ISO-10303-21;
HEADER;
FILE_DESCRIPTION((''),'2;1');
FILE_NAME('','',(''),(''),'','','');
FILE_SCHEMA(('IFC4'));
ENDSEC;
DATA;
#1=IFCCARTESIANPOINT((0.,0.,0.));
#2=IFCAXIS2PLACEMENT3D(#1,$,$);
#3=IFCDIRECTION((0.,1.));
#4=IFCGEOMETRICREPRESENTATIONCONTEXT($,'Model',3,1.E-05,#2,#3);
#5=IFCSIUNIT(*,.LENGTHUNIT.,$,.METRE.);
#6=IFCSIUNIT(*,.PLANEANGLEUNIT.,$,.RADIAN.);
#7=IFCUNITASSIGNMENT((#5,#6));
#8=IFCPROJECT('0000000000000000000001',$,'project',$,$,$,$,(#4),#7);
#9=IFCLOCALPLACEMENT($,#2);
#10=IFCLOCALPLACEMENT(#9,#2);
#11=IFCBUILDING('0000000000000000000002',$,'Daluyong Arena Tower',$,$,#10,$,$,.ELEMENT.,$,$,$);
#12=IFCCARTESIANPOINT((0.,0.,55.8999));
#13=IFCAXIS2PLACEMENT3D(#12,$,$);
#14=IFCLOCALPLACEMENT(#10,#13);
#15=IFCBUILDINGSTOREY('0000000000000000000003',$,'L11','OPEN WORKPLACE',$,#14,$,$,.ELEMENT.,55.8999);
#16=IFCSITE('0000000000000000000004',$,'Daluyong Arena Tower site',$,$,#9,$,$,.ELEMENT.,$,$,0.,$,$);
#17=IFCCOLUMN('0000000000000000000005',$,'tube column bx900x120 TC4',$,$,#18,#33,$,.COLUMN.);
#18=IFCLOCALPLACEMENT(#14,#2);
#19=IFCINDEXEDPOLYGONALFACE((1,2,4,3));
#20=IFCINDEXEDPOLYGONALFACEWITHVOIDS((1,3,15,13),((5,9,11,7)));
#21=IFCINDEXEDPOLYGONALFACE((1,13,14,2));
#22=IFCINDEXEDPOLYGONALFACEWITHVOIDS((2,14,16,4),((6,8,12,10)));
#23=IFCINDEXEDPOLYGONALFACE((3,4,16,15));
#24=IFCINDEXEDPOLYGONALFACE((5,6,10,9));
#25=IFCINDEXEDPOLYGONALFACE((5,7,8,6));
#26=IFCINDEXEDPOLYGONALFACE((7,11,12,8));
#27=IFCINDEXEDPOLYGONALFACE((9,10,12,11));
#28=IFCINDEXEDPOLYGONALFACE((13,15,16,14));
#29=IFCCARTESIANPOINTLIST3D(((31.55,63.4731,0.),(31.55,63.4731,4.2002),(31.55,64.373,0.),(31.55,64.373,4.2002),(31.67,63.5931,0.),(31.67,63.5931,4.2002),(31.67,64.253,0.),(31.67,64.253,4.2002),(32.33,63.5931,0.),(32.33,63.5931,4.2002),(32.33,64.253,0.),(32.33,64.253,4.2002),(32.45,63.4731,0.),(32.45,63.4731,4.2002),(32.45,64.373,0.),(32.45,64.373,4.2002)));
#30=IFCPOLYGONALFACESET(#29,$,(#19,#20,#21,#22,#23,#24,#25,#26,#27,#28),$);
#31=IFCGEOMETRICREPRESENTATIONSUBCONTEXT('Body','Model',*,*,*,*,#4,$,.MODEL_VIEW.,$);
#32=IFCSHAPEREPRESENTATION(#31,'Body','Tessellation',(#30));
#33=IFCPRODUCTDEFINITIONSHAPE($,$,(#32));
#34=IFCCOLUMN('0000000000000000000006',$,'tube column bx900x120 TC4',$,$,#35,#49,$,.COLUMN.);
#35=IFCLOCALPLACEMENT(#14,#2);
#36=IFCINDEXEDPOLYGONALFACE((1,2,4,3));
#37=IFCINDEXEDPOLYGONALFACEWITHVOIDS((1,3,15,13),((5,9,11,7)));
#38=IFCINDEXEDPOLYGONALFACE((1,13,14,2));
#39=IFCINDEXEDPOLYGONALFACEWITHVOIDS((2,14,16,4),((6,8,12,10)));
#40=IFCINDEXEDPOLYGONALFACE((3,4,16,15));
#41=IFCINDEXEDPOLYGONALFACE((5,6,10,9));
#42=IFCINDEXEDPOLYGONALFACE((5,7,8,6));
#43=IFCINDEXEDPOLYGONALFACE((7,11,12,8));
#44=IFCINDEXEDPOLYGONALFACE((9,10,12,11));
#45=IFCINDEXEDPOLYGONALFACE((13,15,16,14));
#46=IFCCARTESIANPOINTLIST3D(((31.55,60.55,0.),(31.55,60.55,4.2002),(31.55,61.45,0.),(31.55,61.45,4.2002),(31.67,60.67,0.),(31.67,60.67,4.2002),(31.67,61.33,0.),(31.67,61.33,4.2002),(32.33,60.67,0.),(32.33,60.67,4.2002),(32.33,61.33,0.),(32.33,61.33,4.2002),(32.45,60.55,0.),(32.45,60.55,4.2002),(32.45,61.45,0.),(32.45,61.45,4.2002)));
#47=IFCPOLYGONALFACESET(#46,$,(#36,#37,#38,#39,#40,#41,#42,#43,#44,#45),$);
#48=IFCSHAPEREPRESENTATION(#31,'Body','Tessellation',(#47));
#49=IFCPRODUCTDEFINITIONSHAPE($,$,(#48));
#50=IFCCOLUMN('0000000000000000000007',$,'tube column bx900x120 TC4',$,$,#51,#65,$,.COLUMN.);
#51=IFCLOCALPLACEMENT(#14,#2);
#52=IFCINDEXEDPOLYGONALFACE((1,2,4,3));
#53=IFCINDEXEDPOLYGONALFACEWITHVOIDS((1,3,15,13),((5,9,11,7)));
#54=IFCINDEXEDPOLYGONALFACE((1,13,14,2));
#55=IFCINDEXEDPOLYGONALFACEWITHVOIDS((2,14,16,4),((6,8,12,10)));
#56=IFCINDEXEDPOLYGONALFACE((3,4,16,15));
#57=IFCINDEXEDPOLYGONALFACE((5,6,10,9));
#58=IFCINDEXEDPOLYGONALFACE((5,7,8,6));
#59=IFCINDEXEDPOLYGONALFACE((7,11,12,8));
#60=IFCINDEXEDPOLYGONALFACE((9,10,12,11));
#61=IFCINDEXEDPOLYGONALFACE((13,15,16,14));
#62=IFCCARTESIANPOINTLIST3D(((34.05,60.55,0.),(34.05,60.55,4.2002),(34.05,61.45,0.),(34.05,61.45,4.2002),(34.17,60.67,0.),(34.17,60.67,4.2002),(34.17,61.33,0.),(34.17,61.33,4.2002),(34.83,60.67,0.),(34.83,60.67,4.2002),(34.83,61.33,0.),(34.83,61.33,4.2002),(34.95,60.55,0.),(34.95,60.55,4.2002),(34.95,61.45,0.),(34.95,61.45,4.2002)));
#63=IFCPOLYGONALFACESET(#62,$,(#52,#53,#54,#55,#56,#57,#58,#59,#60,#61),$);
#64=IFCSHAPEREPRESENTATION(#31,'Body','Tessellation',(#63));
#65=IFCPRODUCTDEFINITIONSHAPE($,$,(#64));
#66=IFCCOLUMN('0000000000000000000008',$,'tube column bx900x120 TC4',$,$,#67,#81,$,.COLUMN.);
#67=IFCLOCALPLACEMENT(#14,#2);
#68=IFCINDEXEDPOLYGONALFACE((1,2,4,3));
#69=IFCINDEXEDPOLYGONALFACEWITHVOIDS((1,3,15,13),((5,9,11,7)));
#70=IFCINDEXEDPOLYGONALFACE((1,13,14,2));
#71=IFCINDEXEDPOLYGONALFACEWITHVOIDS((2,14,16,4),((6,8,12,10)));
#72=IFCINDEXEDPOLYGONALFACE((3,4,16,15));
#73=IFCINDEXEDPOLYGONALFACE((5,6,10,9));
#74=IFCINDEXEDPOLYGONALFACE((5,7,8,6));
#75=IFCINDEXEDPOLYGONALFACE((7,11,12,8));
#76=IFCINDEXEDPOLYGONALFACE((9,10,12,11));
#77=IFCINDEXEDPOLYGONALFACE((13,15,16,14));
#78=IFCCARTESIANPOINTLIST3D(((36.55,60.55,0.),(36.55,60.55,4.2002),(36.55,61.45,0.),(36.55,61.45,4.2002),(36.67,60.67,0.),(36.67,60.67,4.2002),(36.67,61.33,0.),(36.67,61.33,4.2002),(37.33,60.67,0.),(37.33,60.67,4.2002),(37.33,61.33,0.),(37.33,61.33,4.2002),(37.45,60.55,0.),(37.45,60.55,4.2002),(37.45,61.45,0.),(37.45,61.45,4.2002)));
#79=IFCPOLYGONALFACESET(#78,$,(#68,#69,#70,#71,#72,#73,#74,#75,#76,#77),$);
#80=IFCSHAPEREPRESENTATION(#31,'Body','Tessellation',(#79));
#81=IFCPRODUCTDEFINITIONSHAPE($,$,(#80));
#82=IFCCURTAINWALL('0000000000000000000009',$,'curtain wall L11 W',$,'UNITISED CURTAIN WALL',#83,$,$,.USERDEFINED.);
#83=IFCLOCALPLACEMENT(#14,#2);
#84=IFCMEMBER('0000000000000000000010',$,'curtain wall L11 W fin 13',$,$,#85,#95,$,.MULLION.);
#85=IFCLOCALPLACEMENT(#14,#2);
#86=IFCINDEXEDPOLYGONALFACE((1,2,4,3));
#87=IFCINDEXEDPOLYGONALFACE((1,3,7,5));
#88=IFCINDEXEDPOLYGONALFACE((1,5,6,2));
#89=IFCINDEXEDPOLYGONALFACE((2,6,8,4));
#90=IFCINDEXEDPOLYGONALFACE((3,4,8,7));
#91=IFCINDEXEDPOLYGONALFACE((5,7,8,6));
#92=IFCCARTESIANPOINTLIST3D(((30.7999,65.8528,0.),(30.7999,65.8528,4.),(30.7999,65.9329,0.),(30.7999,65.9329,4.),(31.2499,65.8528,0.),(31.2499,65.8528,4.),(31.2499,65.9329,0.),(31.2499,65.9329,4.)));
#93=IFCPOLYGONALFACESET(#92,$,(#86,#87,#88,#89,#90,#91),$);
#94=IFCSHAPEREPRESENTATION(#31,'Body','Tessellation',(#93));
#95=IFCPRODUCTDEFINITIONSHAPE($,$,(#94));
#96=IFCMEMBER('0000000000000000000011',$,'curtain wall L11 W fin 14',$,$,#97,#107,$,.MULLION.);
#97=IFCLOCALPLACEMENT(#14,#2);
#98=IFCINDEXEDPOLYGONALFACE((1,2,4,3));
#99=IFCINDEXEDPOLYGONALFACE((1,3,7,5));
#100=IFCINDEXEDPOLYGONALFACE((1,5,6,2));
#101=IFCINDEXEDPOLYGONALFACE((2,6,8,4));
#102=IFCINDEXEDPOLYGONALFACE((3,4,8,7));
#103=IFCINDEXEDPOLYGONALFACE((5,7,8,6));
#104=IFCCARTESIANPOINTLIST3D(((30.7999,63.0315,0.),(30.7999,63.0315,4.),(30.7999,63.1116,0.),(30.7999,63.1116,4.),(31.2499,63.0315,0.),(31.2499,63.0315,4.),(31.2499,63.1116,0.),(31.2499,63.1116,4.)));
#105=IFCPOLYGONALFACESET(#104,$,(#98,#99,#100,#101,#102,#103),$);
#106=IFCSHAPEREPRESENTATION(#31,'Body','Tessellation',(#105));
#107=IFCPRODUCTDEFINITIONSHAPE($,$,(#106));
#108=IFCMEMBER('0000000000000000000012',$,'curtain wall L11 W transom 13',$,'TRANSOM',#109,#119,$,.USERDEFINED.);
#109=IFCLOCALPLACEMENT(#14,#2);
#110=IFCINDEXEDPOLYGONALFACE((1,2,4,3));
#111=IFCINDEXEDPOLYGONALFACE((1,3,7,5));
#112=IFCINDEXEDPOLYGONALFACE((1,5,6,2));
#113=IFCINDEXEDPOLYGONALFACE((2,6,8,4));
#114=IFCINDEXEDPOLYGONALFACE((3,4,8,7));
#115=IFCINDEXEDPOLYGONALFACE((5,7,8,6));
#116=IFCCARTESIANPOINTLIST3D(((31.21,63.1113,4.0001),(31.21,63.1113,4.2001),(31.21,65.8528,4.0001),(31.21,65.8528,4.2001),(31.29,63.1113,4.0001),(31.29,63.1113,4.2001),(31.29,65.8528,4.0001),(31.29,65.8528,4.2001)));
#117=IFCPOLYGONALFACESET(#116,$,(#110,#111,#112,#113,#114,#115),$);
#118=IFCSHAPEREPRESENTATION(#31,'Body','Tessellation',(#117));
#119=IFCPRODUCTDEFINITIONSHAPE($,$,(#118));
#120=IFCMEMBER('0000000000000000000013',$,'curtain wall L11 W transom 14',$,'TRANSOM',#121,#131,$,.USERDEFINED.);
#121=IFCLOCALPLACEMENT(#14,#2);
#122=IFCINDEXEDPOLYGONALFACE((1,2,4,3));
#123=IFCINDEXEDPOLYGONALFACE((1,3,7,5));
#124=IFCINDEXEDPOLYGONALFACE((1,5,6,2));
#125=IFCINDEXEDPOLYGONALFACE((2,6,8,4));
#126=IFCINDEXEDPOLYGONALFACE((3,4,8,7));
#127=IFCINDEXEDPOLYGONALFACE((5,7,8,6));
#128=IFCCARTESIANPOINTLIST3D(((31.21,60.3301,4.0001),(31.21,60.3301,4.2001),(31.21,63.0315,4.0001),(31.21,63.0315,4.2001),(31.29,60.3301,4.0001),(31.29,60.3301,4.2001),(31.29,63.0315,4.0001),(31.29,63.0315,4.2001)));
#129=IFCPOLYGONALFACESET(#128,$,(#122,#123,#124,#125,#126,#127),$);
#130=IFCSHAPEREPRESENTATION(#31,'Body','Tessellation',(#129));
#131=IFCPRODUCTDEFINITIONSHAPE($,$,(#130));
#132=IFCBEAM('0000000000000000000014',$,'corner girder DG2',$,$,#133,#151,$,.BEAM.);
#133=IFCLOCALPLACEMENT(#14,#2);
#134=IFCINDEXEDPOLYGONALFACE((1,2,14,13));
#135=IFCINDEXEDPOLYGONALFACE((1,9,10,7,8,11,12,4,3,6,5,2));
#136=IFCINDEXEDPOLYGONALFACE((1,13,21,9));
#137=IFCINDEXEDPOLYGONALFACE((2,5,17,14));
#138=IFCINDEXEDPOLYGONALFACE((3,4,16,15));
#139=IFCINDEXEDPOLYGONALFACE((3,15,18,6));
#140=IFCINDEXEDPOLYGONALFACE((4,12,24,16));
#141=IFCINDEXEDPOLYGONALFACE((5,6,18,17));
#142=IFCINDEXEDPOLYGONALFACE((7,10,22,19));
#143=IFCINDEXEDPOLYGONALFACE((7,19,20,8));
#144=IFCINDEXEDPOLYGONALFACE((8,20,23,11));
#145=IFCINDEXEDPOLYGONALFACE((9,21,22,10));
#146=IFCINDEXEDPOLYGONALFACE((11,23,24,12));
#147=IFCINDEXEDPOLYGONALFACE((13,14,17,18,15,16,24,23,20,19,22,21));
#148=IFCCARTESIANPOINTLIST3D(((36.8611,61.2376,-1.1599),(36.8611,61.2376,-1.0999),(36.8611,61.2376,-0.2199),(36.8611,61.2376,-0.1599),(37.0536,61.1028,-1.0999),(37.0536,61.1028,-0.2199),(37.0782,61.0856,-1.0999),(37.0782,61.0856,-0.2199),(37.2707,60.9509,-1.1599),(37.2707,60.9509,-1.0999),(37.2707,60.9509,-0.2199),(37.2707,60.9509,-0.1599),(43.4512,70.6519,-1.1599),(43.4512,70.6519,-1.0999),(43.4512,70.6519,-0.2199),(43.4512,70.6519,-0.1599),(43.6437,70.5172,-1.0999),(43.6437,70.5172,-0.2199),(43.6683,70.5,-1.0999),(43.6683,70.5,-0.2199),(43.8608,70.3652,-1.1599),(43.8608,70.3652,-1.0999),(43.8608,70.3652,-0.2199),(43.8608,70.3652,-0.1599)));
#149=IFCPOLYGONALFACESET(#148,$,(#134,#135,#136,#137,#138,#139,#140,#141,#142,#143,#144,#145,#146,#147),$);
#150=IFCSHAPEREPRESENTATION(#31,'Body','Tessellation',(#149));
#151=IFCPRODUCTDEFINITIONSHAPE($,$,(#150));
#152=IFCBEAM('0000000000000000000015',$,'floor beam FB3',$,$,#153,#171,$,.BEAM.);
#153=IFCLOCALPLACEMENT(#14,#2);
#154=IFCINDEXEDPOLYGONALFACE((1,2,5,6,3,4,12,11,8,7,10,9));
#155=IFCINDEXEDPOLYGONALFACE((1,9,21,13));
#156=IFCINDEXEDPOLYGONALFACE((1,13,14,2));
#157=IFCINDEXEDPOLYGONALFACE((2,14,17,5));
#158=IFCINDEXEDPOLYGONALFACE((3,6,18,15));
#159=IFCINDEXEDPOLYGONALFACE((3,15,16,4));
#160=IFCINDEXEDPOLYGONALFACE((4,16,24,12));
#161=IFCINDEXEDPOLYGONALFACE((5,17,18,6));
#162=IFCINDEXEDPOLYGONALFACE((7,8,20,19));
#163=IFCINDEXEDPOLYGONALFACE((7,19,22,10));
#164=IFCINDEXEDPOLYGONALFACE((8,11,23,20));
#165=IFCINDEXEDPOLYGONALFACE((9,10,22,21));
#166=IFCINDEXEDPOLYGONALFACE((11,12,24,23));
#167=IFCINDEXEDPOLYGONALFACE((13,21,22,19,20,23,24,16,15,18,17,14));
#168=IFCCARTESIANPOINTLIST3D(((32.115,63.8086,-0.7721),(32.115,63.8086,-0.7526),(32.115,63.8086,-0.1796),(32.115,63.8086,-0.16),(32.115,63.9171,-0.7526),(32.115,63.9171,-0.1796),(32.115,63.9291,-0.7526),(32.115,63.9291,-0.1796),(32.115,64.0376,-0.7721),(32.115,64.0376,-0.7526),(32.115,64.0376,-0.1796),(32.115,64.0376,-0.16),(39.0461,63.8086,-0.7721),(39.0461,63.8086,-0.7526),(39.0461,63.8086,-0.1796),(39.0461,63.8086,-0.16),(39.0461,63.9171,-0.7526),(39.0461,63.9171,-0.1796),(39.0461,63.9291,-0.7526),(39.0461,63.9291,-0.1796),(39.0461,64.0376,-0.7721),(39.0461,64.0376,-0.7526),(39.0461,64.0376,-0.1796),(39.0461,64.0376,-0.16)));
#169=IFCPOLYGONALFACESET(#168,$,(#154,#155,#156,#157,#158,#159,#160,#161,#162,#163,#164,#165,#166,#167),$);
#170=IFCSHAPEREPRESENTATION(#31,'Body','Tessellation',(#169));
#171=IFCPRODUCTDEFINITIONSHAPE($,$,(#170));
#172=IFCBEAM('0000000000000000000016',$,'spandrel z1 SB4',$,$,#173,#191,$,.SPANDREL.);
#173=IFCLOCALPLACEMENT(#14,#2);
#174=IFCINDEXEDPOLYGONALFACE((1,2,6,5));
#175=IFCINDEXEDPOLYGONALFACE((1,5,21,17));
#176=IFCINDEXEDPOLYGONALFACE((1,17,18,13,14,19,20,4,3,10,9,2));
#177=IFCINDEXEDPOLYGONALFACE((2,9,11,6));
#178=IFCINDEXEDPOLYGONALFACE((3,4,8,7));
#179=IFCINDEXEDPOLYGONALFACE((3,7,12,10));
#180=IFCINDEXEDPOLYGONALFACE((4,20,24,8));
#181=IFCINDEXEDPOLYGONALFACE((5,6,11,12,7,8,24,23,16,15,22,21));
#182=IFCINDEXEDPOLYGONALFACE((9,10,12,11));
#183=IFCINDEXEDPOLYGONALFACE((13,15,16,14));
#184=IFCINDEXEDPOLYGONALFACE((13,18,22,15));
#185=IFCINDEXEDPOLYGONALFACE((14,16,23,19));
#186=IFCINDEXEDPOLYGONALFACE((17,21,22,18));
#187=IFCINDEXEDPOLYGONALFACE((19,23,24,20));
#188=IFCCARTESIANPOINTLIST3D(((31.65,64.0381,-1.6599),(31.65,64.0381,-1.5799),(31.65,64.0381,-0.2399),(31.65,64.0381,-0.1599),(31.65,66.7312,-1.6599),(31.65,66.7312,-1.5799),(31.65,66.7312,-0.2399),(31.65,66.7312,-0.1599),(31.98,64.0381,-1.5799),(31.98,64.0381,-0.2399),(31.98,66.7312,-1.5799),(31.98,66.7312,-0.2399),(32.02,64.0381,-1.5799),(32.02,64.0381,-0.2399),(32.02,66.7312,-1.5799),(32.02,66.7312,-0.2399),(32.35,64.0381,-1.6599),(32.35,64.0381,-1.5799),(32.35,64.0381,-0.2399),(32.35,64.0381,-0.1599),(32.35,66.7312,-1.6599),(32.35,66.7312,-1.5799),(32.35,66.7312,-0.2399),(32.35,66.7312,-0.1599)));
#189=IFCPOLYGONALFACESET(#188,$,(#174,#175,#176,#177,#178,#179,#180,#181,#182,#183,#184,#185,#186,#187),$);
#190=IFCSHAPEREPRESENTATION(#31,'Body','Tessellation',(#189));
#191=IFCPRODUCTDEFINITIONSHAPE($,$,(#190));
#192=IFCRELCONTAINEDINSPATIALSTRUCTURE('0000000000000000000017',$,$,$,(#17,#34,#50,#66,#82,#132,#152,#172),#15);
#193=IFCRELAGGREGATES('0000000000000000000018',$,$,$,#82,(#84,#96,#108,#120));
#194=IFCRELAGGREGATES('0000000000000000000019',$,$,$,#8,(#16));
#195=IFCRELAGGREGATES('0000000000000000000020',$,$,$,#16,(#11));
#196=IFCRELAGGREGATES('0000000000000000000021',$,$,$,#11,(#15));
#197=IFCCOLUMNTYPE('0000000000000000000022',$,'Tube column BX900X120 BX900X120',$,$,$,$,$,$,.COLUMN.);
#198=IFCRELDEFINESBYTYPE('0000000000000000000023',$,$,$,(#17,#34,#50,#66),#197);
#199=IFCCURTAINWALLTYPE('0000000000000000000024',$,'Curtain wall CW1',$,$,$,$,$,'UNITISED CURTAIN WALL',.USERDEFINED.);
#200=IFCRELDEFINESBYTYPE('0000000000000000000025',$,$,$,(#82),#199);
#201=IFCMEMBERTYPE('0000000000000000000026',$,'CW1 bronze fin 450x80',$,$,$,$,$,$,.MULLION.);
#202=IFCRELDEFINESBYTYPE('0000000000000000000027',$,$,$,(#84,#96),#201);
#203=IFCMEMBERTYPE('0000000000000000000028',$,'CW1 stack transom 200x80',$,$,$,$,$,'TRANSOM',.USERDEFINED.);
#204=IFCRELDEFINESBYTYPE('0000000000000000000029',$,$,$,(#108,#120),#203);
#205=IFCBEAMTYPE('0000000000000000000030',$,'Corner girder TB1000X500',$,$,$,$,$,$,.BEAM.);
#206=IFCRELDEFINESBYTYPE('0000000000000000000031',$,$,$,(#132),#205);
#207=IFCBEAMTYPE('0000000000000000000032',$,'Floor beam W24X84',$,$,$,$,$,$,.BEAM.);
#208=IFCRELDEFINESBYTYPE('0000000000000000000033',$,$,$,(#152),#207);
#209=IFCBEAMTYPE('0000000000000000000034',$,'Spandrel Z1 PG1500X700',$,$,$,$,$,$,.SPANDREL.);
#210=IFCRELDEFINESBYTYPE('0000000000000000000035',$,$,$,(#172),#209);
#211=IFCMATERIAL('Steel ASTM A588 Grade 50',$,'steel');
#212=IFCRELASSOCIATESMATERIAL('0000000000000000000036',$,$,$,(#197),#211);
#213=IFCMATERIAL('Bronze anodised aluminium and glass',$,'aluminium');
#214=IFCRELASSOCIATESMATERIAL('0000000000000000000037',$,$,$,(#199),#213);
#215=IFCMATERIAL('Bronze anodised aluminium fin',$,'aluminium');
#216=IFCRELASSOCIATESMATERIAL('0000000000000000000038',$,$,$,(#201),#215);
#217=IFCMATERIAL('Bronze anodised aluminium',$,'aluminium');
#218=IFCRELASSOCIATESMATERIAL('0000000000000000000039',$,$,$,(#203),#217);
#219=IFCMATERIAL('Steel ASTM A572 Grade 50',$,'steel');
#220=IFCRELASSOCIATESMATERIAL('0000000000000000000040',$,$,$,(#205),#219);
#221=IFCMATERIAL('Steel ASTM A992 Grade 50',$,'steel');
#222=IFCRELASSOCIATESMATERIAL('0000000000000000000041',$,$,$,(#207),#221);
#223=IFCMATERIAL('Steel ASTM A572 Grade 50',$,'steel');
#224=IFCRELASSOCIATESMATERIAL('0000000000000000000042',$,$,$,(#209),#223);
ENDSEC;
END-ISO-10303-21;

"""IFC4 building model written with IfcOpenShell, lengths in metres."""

from ifc_helpers import new_model, si_unit, direction, frame, origin, origin_2d, place, context, subcontext, project, spatial, rectangle, hollow_rectangle, i_section, extrude, material, material_profile, profile_set, type_object, element, aggregate, save


model = new_model("IFC4")

# Units and contexts
model_context = context("Model", 3, precision=1e-05, world=origin(), true_north=direction((0.0, 1.0)))
body_context = subcontext(model_context, "Body", "Model", "MODEL_VIEW")
ifc_project = project(units=[si_unit("LENGTHUNIT", "METRE"), si_unit("PLANEANGLEUNIT", "RADIAN")], contexts=[model_context])

# Site, building, storey
site_placement = place(None, origin())
site = spatial("IfcSite", under=ifc_project, at=site_placement, Name="Daluyong Arena Tower site", CompositionType="ELEMENT", RefElevation=0.0)
building_placement = place(site_placement, origin())
building = spatial("IfcBuilding", under=site, at=building_placement, Name="Daluyong Arena Tower", CompositionType="ELEMENT")
storey_placement = place(building_placement, frame((0.0, 0.0, 55.8999)))
storey = spatial("IfcBuildingStorey", under=building, at=storey_placement, Name="L11", Description="OPEN WORKPLACE", CompositionType="ELEMENT", Elevation=55.8999)

# Columns
ifc_material_1 = material(Name="Steel ASTM A588 Grade 50", Category="steel")
ifc_material_profile_1 = material_profile(ifc_material_1, hollow_rectangle(XDim=0.8999, YDim=0.8999, WallThickness=0.12, at=origin_2d()))
ifc_profile_set_1 = profile_set([ifc_material_profile_1], Name="Steel ASTM A588 Grade 50")
column_type = type_object("IfcColumnType", Name="Tube column BX900X120 BX900X120", PredefinedType="COLUMN", material=ifc_profile_set_1)
for number, where, z_axis, x_axis, name in (
    (1, (32.0, 63.9231, 0.0), (0.0, 0.0, 1.0), (0.0, 1.0, 0.0), "tube column bx900x120 TC4"),
    (2, (32.0, 61.0, 0.0), (0.0, 0.0, 1.0), (1.0, 0.0, 0.0), "tube column bx900x120 TC4"),
    (3, (34.5, 61.0, 0.0), (0.0, 0.0, 1.0), (1.0, 0.0, 0.0), "tube column bx900x120 TC4"),
    (4, (37.0, 61.0, 0.0), (0.0, 0.0, 1.0), (0.0, 1.0, 0.0), "tube column bx900x120 TC4"),
):
    element("IfcColumn", number, at=place(storey_placement, frame(where, z_axis=z_axis, x_axis=x_axis)), inside=storey, type_object=column_type, Name=name, PredefinedType="COLUMN", context=body_context, shape_type="SweptSolid", body=[
        extrude(hollow_rectangle(XDim=0.8999, YDim=0.8999, WallThickness=0.12, at=origin_2d()), origin(), (0.0, 0.0, 1.0), 4.2002),
    ])

# Curtain wall, members
ifc_material_2 = material(Name="Bronze anodised aluminium and glass", Category="aluminium")
curtain_wall_type = type_object("IfcCurtainWallType", Name="Curtain wall CW1", ElementType="UNITISED CURTAIN WALL", PredefinedType="USERDEFINED", material=ifc_material_2)
curtain_wall_placement = place(storey_placement, origin())
curtain_wall = element("IfcCurtainWall", 5, at=curtain_wall_placement, inside=storey, type_object=curtain_wall_type, Name="curtain wall L11 W", ObjectType="UNITISED CURTAIN WALL", PredefinedType="USERDEFINED")
ifc_material_3 = material(Name="Bronze anodised aluminium fin", Category="aluminium")
ifc_material_profile_2 = material_profile(ifc_material_3, rectangle(XDim=0.45, YDim=0.0801, at=origin_2d()))
ifc_profile_set_2 = profile_set([ifc_material_profile_2], Name="Bronze anodised aluminium fin")
member_type_1 = type_object("IfcMemberType", Name="CW1 bronze fin 450x80", PredefinedType="MULLION", material=ifc_profile_set_2)
member_1_placement = place(storey_placement, frame((31.0249, 65.8928, 0.0), z_axis=(0.0, 0.0, 1.0), x_axis=(1.0, 0.0, 0.0)))
member_1 = element("IfcMember", 6, at=member_1_placement, type_object=member_type_1, Name="curtain wall L11 W fin 13", PredefinedType="MULLION", context=body_context, shape_type="SweptSolid", body=[
    extrude(rectangle(XDim=0.45, YDim=0.0801, at=origin_2d()), origin(), (0.0, 0.0, 1.0), 4.0),
])
member_2_placement = place(storey_placement, frame((31.0249, 63.0715, 0.0), z_axis=(0.0, 0.0, 1.0), x_axis=(1.0, 0.0, 0.0)))
member_2 = element("IfcMember", 7, at=member_2_placement, type_object=member_type_1, Name="curtain wall L11 W fin 14", PredefinedType="MULLION", context=body_context, shape_type="SweptSolid", body=[
    extrude(rectangle(XDim=0.45, YDim=0.0801, at=origin_2d()), origin(), (0.0, 0.0, 1.0), 4.0),
])
ifc_material_4 = material(Name="Bronze anodised aluminium", Category="aluminium")
ifc_material_profile_3 = material_profile(ifc_material_4, rectangle(XDim=0.0801, YDim=0.2, at=origin_2d()))
ifc_profile_set_3 = profile_set([ifc_material_profile_3], Name="Bronze anodised aluminium")
member_type_2 = type_object("IfcMemberType", Name="CW1 stack transom 200x80", ElementType="TRANSOM", PredefinedType="USERDEFINED", material=ifc_profile_set_3)
member_3_placement = place(storey_placement, frame((31.25, 65.8528, 4.1001), z_axis=(0.0, -1.0, 0.0), x_axis=(1.0, 0.0, 0.0)))
member_3 = element("IfcMember", 8, at=member_3_placement, type_object=member_type_2, Name="curtain wall L11 W transom 13", ObjectType="TRANSOM", PredefinedType="USERDEFINED", context=body_context, shape_type="SweptSolid", body=[
    extrude(rectangle(XDim=0.0801, YDim=0.2, at=origin_2d()), origin(), (0.0, 0.0, 1.0), 2.7415),
])
member_4_placement = place(storey_placement, frame((31.25, 63.0315, 4.1001), z_axis=(0.0, -1.0, 0.0), x_axis=(1.0, 0.0, 0.0)))
member_4 = element("IfcMember", 9, at=member_4_placement, type_object=member_type_2, Name="curtain wall L11 W transom 14", ObjectType="TRANSOM", PredefinedType="USERDEFINED", context=body_context, shape_type="SweptSolid", body=[
    extrude(rectangle(XDim=0.0801, YDim=0.2, at=origin_2d()), origin(), (0.0, 0.0, 1.0), 2.7014),
])

# Beams
ifc_material_5 = material(Name="Steel ASTM A572 Grade 50", Category="steel")
ifc_material_profile_4 = material_profile(ifc_material_5, i_section(OverallWidth=0.5, OverallDepth=1.0, WebThickness=0.03, FlangeThickness=0.06, at=origin_2d()))
ifc_profile_set_4 = profile_set([ifc_material_profile_4], Name="Steel ASTM A572 Grade 50")
beam_type_1 = type_object("IfcBeamType", Name="Corner girder TB1000X500", PredefinedType="BEAM", material=ifc_profile_set_4)
beam_1_placement = place(storey_placement, frame((37.0659, 61.0942, -0.6599), z_axis=(0.573467, 0.819229, 0.0), x_axis=(-0.819229, 0.573467, 0.0)))
element("IfcBeam", 10, at=beam_1_placement, inside=storey, type_object=beam_type_1, Name="corner girder DG2", PredefinedType="BEAM", context=body_context, shape_type="SweptSolid", body=[
    extrude(i_section(OverallWidth=0.5, OverallDepth=1.0, WebThickness=0.03, FlangeThickness=0.06, at=origin_2d()), origin(), (0.0, 0.0, 1.0), 11.4917),
])
ifc_material_6 = material(Name="Steel ASTM A992 Grade 50", Category="steel")
ifc_material_profile_5 = material_profile(ifc_material_6, i_section(OverallWidth=0.229, OverallDepth=0.6121, WebThickness=0.012, FlangeThickness=0.0195, at=origin_2d()))
ifc_profile_set_5 = profile_set([ifc_material_profile_5], Name="Steel ASTM A992 Grade 50")
beam_type_2 = type_object("IfcBeamType", Name="Floor beam W24X84", PredefinedType="BEAM", material=ifc_profile_set_5)
beam_2_placement = place(storey_placement, frame((32.115, 63.9231, -0.4661), z_axis=(1.0, 0.0, 0.0), x_axis=(0.0, 1.0, 0.0)))
element("IfcBeam", 11, at=beam_2_placement, inside=storey, type_object=beam_type_2, Name="floor beam FB3", PredefinedType="BEAM", context=body_context, shape_type="SweptSolid", body=[
    extrude(i_section(OverallWidth=0.229, OverallDepth=0.6121, WebThickness=0.012, FlangeThickness=0.0195, at=origin_2d()), origin(), (0.0, 0.0, 1.0), 6.9312),
])
ifc_material_7 = material(Name="Steel ASTM A572 Grade 50", Category="steel")
ifc_material_profile_6 = material_profile(ifc_material_7, i_section(OverallWidth=0.7, OverallDepth=1.5, WebThickness=0.04, FlangeThickness=0.08, at=origin_2d()))
ifc_profile_set_6 = profile_set([ifc_material_profile_6], Name="Steel ASTM A572 Grade 50")
beam_type_3 = type_object("IfcBeamType", Name="Spandrel Z1 PG1500X700", PredefinedType="SPANDREL", material=ifc_profile_set_6)
for number, where, z_axis, x_axis, name in (
    (12, (32.0, 66.7312, -0.9099), (0.0, -1.0, 0.0), (1.0, 0.0, 0.0), "spandrel z1 SB4"),
):
    element("IfcBeam", number, at=place(storey_placement, frame(where, z_axis=z_axis, x_axis=x_axis)), inside=storey, type_object=beam_type_3, Name=name, PredefinedType="SPANDREL", context=body_context, shape_type="SweptSolid", body=[
        extrude(i_section(OverallWidth=0.7, OverallDepth=1.5, WebThickness=0.04, FlangeThickness=0.08, at=origin_2d()), origin(), (0.0, 0.0, 1.0), 2.6931),
    ])

aggregate(curtain_wall, [member_1, member_2, member_3, member_4])

save(model, "model.ifc")
